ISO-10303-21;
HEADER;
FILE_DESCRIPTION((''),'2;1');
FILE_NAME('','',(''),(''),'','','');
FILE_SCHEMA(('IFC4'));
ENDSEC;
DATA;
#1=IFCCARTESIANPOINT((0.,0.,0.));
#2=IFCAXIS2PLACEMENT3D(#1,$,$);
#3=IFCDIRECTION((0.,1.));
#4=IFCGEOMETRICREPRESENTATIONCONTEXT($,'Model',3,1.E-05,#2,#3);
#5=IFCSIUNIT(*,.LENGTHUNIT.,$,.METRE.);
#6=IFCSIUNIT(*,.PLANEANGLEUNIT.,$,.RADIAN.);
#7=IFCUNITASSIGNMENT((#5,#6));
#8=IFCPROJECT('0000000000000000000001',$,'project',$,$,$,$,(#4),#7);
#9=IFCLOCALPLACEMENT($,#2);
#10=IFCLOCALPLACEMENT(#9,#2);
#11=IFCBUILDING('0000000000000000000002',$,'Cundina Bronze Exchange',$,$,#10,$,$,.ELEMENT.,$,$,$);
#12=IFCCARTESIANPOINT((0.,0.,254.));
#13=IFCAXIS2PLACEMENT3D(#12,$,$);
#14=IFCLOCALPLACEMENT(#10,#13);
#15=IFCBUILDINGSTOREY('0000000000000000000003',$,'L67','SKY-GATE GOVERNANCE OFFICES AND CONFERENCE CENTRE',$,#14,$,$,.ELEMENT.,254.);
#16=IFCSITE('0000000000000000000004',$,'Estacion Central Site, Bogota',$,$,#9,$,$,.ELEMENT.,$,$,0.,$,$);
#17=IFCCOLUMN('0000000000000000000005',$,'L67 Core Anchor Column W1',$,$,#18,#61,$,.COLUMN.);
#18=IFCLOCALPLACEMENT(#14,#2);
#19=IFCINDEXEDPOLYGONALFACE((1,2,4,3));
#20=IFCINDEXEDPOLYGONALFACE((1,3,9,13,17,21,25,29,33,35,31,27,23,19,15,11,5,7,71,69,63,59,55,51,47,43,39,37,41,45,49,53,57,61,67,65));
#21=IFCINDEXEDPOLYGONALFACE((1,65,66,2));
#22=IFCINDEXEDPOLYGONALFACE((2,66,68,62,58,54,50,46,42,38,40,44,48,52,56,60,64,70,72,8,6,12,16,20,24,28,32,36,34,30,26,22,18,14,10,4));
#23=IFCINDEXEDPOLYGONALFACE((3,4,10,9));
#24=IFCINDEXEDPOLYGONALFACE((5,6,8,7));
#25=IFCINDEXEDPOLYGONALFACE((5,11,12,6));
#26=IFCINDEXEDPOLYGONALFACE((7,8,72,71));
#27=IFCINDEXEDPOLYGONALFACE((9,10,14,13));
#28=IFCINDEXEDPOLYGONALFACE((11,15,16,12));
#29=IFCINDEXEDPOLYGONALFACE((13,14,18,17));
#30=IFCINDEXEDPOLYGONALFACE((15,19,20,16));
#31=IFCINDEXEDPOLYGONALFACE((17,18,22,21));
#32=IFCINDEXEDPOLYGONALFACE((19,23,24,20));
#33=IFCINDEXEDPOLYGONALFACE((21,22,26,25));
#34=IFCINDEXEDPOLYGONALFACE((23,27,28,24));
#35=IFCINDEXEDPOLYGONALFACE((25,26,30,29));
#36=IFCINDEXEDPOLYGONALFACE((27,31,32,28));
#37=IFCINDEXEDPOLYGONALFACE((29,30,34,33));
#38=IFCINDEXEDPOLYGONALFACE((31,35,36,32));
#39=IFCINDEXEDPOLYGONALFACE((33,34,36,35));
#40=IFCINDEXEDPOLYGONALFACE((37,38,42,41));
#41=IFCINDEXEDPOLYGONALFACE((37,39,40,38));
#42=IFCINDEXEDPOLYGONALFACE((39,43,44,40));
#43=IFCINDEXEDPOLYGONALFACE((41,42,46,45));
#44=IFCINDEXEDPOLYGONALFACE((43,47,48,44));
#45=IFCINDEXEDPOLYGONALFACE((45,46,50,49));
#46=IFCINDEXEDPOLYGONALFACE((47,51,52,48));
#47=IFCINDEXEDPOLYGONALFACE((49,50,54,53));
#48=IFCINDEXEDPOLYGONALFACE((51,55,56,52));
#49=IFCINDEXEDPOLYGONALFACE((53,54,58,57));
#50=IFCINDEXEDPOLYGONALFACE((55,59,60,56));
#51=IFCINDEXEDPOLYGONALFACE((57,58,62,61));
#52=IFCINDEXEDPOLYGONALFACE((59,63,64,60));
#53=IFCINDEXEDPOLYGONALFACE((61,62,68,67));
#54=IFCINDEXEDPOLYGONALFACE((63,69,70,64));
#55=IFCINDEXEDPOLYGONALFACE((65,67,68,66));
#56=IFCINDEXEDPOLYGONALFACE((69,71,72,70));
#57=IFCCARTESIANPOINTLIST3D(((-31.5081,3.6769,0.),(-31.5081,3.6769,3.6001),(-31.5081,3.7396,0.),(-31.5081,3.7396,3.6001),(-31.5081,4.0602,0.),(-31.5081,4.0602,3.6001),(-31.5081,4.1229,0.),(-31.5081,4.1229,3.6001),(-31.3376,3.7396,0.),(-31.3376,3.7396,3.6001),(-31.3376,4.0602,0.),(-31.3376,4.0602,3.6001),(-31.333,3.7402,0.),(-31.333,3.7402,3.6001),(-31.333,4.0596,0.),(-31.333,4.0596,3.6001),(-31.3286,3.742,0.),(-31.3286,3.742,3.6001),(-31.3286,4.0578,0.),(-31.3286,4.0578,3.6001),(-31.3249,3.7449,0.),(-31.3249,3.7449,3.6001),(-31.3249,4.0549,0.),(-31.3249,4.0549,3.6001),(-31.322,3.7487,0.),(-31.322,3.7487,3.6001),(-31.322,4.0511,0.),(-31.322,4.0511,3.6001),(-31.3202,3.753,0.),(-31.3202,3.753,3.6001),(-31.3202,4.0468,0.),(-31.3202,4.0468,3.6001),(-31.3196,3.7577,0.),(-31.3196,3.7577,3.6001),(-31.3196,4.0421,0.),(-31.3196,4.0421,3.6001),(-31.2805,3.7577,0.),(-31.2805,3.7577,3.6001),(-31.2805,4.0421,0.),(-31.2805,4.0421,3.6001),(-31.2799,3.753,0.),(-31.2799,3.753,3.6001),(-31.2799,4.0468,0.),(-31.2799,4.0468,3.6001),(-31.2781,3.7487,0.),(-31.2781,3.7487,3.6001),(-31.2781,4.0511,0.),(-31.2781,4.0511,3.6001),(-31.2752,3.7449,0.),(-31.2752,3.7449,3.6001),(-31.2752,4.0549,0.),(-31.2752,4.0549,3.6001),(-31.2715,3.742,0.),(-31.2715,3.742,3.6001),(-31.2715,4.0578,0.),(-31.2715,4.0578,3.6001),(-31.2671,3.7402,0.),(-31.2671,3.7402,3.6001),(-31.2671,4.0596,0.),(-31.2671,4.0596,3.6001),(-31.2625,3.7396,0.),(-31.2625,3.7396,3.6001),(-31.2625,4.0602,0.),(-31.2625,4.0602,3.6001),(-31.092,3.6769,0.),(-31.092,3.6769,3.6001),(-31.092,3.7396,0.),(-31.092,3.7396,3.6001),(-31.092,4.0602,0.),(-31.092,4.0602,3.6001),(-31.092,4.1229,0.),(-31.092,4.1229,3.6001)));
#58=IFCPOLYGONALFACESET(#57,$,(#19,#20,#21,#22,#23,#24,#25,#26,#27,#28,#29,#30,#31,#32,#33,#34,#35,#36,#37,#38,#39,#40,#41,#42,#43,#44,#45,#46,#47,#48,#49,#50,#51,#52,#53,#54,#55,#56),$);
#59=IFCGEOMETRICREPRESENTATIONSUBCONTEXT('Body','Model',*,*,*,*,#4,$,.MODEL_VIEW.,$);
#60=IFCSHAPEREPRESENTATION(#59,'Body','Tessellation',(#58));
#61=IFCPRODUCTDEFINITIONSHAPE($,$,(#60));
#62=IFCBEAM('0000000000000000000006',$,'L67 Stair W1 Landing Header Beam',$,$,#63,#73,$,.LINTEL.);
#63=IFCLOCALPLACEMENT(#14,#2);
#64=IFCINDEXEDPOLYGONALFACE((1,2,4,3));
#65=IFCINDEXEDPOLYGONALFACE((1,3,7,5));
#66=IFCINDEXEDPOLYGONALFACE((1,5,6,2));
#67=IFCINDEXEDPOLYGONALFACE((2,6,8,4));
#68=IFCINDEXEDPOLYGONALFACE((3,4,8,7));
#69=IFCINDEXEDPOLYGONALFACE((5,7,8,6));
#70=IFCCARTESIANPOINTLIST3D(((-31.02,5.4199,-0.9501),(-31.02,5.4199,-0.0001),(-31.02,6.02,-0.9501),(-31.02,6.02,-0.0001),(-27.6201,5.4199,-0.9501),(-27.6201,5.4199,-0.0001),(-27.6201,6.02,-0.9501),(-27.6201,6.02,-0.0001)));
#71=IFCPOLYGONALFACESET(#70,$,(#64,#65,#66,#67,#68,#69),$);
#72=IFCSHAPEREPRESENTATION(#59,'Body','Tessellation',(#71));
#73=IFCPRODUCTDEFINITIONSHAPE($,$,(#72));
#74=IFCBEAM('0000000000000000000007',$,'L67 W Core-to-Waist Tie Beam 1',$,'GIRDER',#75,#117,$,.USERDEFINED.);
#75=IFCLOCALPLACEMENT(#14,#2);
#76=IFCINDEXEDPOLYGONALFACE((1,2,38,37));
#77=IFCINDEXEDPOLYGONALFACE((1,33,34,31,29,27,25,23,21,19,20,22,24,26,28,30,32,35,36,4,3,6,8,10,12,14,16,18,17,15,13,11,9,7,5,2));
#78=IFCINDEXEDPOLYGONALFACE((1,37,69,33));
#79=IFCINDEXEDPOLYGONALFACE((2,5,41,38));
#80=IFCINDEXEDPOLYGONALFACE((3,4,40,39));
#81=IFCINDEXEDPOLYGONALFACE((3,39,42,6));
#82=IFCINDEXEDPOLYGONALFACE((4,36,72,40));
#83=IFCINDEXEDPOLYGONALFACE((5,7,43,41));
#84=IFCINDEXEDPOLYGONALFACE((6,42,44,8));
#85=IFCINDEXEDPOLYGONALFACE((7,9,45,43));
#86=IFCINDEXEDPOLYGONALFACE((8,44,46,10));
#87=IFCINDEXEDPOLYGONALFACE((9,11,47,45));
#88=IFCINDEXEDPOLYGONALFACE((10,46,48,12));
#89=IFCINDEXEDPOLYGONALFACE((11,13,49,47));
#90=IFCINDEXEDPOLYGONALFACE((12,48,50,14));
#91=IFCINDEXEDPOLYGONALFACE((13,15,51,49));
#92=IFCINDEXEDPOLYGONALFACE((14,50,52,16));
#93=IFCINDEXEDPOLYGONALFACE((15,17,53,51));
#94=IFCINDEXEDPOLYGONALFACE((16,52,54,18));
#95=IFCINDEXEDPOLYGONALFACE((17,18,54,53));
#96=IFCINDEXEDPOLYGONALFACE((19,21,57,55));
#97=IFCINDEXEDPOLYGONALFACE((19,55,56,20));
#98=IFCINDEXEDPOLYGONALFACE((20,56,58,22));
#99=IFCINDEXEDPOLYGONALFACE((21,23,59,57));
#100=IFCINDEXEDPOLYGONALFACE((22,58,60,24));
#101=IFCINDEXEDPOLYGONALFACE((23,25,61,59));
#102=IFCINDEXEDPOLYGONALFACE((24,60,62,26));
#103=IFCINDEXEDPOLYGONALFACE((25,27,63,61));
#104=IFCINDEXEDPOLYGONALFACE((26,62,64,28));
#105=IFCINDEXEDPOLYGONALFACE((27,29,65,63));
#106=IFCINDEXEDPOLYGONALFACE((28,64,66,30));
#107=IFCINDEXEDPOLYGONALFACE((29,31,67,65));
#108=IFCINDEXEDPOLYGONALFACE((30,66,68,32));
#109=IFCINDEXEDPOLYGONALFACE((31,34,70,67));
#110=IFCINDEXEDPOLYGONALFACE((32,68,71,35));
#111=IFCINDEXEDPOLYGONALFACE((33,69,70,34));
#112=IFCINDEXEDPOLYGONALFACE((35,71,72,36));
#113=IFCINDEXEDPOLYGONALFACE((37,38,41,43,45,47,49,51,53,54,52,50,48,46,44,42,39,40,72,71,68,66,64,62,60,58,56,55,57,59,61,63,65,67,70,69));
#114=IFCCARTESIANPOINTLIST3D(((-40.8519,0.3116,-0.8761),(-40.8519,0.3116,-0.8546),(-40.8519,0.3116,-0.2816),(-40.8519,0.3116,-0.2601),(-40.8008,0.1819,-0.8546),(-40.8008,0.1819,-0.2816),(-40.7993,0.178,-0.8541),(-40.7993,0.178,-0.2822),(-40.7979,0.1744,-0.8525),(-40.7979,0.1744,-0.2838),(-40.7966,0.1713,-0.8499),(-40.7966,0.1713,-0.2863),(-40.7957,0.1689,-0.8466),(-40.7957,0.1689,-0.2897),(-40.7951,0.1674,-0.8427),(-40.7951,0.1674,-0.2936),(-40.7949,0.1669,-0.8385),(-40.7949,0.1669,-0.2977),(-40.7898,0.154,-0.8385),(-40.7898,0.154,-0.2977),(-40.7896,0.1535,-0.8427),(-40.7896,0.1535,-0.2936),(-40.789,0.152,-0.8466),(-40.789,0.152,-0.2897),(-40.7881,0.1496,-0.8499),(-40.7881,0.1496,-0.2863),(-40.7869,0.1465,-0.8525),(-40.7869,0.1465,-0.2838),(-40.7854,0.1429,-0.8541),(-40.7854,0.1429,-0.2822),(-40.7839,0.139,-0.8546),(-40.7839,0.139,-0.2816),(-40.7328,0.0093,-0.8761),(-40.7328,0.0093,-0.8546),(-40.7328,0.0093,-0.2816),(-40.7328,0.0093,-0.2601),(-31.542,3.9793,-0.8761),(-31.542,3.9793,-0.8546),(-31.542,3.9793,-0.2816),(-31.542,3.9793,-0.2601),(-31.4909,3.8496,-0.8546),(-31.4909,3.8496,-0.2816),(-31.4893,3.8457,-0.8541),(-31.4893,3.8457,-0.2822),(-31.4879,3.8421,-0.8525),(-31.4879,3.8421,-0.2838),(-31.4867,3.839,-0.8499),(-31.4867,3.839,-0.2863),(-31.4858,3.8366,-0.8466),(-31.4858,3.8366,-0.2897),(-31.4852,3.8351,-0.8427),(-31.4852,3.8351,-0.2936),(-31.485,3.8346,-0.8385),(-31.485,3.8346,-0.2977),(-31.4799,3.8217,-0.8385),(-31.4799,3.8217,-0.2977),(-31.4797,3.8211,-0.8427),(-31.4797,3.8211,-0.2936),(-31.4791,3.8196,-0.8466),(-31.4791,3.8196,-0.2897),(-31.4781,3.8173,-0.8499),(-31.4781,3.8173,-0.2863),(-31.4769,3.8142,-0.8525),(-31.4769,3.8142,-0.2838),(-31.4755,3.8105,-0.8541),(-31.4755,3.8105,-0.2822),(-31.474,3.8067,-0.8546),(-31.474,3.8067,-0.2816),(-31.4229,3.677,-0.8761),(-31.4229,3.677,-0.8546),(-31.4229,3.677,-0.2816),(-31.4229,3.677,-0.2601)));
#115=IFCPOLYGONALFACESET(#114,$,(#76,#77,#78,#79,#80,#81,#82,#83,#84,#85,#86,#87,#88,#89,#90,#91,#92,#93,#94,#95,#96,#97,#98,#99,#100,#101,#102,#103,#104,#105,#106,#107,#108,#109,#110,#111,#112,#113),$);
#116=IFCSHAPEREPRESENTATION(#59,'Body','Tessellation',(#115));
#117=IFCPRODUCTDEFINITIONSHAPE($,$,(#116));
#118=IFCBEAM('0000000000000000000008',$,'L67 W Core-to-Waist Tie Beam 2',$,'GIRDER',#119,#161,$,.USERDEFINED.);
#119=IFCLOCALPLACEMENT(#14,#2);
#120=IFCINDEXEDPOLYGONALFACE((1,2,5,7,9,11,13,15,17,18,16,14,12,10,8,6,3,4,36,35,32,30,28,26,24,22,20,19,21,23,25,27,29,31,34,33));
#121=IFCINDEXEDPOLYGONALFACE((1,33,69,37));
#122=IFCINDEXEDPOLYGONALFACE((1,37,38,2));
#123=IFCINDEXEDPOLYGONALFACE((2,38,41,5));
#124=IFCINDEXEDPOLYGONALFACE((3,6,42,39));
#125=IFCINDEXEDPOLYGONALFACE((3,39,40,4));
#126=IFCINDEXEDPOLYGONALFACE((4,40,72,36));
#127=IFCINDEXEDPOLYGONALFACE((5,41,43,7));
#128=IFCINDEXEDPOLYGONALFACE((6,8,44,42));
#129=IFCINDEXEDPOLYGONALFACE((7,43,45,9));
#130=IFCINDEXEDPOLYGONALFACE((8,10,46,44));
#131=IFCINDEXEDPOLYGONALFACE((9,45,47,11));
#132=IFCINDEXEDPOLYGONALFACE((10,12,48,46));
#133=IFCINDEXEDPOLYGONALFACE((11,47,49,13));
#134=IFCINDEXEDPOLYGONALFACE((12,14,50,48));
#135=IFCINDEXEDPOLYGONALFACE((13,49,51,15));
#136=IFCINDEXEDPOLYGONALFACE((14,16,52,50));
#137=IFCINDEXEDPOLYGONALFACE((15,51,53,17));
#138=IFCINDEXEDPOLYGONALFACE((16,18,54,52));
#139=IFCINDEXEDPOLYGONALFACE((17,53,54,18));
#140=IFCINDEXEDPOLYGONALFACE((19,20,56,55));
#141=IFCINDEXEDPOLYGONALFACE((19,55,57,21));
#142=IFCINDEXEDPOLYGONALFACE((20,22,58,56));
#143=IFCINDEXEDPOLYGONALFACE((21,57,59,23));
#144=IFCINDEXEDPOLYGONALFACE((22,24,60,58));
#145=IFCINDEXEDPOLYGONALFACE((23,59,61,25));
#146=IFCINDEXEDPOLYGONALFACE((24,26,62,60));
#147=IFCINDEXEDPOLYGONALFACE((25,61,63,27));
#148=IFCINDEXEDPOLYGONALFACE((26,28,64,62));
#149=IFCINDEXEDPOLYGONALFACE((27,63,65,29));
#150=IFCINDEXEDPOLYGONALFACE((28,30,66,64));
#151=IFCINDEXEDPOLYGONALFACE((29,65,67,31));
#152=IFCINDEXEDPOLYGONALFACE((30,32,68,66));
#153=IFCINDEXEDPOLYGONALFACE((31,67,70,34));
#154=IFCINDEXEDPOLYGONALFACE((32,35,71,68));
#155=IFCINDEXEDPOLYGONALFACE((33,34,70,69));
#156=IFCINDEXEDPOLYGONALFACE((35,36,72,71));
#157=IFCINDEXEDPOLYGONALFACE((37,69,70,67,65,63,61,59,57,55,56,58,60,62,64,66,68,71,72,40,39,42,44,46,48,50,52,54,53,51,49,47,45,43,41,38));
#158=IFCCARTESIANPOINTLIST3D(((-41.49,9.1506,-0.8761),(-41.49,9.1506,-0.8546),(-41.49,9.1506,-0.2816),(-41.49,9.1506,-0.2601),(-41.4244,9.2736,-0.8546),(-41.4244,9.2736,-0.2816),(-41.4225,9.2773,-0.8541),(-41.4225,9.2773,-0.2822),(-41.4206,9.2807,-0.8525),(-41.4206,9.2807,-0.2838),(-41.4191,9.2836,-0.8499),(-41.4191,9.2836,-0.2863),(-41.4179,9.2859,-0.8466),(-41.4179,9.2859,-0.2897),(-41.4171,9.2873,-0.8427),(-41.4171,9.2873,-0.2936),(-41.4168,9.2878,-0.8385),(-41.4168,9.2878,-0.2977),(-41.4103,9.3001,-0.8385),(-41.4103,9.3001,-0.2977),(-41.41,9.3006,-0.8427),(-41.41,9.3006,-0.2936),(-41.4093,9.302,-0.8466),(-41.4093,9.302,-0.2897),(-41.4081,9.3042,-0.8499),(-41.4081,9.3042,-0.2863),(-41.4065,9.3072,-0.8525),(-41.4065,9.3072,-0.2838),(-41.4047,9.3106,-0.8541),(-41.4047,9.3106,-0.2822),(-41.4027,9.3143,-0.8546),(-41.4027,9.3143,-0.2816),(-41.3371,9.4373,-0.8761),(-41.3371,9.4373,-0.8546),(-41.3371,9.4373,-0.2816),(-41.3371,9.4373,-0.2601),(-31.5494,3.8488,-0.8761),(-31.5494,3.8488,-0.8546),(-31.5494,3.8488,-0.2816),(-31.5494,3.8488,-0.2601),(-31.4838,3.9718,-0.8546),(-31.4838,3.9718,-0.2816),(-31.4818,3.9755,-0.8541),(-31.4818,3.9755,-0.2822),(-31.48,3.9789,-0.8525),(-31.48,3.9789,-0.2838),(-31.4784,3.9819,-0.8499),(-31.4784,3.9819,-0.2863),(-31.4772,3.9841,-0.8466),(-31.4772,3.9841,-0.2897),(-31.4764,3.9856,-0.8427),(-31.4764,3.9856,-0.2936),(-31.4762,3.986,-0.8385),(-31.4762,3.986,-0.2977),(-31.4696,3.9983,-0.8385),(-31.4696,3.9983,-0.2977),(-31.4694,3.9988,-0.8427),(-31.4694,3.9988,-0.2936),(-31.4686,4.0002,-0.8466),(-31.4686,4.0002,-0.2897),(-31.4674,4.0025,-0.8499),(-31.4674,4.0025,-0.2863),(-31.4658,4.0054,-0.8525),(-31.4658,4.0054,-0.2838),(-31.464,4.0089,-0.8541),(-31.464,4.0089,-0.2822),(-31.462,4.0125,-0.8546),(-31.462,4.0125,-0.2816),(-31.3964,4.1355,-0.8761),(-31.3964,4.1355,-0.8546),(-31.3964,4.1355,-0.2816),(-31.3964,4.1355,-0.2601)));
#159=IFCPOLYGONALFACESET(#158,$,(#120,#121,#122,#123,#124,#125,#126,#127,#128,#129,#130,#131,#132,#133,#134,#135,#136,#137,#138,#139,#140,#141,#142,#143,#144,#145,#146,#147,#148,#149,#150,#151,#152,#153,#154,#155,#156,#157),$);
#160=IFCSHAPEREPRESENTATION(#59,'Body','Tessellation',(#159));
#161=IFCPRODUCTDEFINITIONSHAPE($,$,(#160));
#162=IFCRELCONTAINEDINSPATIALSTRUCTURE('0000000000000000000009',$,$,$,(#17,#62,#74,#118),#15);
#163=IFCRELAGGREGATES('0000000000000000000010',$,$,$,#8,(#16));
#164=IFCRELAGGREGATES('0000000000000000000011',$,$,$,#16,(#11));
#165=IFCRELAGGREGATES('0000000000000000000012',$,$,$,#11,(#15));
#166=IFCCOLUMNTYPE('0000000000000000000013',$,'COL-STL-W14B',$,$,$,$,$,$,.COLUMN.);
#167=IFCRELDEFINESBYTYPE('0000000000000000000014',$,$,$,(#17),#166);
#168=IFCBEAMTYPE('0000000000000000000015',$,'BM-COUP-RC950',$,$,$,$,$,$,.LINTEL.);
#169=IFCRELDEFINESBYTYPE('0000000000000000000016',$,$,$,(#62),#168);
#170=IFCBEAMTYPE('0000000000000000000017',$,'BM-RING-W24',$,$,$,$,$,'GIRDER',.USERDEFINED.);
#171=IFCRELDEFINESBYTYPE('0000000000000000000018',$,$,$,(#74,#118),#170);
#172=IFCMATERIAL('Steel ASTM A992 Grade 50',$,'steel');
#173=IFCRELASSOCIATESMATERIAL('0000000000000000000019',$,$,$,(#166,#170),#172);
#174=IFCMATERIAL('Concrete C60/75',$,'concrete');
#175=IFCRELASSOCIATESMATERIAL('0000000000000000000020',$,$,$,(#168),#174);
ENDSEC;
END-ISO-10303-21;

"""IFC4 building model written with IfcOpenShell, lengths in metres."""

from ifc_helpers import new_model, si_unit, direction, frame, origin, origin_2d, place, context, subcontext, project, spatial, rectangle, i_section, extrude, material, material_profile, profile_set, type_object, element, save


model = new_model("IFC4")

# Units and contexts
model_context = context("Model", 3, precision=1e-05, world=origin(), true_north=direction((0.0, 1.0)))
body_context = subcontext(model_context, "Body", "Model", "MODEL_VIEW")
ifc_project = project(units=[si_unit("LENGTHUNIT", "METRE"), si_unit("PLANEANGLEUNIT", "RADIAN")], contexts=[model_context])

# Site, building, storey
site_placement = place(None, origin())
site = spatial("IfcSite", under=ifc_project, at=site_placement, Name="Estacion Central Site, Bogota", CompositionType="ELEMENT", RefElevation=0.0)
building_placement = place(site_placement, origin())
building = spatial("IfcBuilding", under=site, at=building_placement, Name="Cundina Bronze Exchange", CompositionType="ELEMENT")
storey_placement = place(building_placement, frame((0.0, 0.0, 254.0)))
storey = spatial("IfcBuildingStorey", under=building, at=storey_placement, Name="L67", Description="SKY-GATE GOVERNANCE OFFICES AND CONFERENCE CENTRE", CompositionType="ELEMENT", Elevation=254.0)

# Column
ifc_material_1 = material(Name="Steel ASTM A992 Grade 50", Category="steel")
ifc_material_profile_1 = material_profile(ifc_material_1, i_section(OverallWidth=0.416, OverallDepth=0.446, WebThickness=0.0391, FlangeThickness=0.0627, FilletRadius=0.0181, at=origin_2d()), Name="W14X342", Category="steel")
ifc_profile_set_1 = profile_set([ifc_material_profile_1], Name="Steel ASTM A992 Grade 50")
column_type = type_object("IfcColumnType", Name="COL-STL-W14B", PredefinedType="COLUMN", material=ifc_profile_set_1)
column_placement = place(storey_placement, frame((-31.3, 3.8999, 0.0), z_axis=(0.0, 0.0, 1.0), x_axis=(1.0, 0.0, 0.0)))
element("IfcColumn", 1, at=column_placement, inside=storey, type_object=column_type, Name="L67 Core Anchor Column W1", PredefinedType="COLUMN", context=body_context, shape_type="SweptSolid", body=[
    extrude(i_section(OverallWidth=0.416, OverallDepth=0.446, WebThickness=0.0391, FlangeThickness=0.0627, FilletRadius=0.0181, at=origin_2d()), origin(), (0.0, 0.0, 1.0), 3.6001),
])

# Beams
ifc_material_2 = material(Name="Concrete C60/75", Category="concrete")
ifc_material_profile_2 = material_profile(ifc_material_2, rectangle(XDim=0.6001, YDim=0.95, at=origin_2d()), Name="RC600X950", Category="concrete")
ifc_profile_set_2 = profile_set([ifc_material_profile_2], Name="Concrete C60/75")
beam_type_1 = type_object("IfcBeamType", Name="BM-COUP-RC950", PredefinedType="LINTEL", material=ifc_profile_set_2)
beam_1_placement = place(storey_placement, frame((-31.02, 5.72, -0.4751), z_axis=(1.0, 0.0, 0.0), x_axis=(0.0, 1.0, 0.0)))
element("IfcBeam", 2, at=beam_1_placement, inside=storey, type_object=beam_type_1, Name="L67 Stair W1 Landing Header Beam", PredefinedType="LINTEL", context=body_context, shape_type="SweptSolid", body=[
    extrude(rectangle(XDim=0.6001, YDim=0.95, at=origin_2d()), origin(), (0.0, 0.0, 1.0), 3.3999),
])
ifc_material_profile_3 = material_profile(ifc_material_1, i_section(OverallWidth=0.325, OverallDepth=0.616, WebThickness=0.0139, FlangeThickness=0.0215, FilletRadius=0.0161, at=origin_2d()), Name="W24X117", Category="steel")
ifc_profile_set_3 = profile_set([ifc_material_profile_3], Name="Steel ASTM A992 Grade 50")
beam_type_2 = type_object("IfcBeamType", Name="BM-RING-W24", ElementType="GIRDER", PredefinedType="USERDEFINED", material=ifc_profile_set_3)
beam_2_placement = place(storey_placement, frame((-31.4824, 3.8281, -0.5681), z_axis=(-0.930404, -0.366535, 0.0), x_axis=(0.366535, -0.930404, 0.0)))
element("IfcBeam", 3, at=beam_2_placement, inside=storey, type_object=beam_type_2, Name="L67 W Core-to-Waist Tie Beam 1", ObjectType="GIRDER", PredefinedType="USERDEFINED", context=body_context, shape_type="SweptSolid", body=[
    extrude(i_section(OverallWidth=0.325, OverallDepth=0.616, WebThickness=0.0139, FlangeThickness=0.0215, FilletRadius=0.0161, at=origin_2d()), origin(), (0.0, 0.0, 1.0), 10.0063),
])
beam_3_placement = place(storey_placement, frame((-31.4729, 3.9922, -0.5681), z_axis=(-0.882351, 0.470593, 0.0), x_axis=(-0.470593, -0.882351, 0.0)))
element("IfcBeam", 4, at=beam_3_placement, inside=storey, type_object=beam_type_2, Name="L67 W Core-to-Waist Tie Beam 2", ObjectType="GIRDER", PredefinedType="USERDEFINED", context=body_context, shape_type="SweptSolid", body=[
    extrude(i_section(OverallWidth=0.325, OverallDepth=0.616, WebThickness=0.0139, FlangeThickness=0.0215, FilletRadius=0.0161, at=origin_2d()), origin(), (0.0, 0.0, 1.0), 11.2661),
])

save(model, "model.ifc")
